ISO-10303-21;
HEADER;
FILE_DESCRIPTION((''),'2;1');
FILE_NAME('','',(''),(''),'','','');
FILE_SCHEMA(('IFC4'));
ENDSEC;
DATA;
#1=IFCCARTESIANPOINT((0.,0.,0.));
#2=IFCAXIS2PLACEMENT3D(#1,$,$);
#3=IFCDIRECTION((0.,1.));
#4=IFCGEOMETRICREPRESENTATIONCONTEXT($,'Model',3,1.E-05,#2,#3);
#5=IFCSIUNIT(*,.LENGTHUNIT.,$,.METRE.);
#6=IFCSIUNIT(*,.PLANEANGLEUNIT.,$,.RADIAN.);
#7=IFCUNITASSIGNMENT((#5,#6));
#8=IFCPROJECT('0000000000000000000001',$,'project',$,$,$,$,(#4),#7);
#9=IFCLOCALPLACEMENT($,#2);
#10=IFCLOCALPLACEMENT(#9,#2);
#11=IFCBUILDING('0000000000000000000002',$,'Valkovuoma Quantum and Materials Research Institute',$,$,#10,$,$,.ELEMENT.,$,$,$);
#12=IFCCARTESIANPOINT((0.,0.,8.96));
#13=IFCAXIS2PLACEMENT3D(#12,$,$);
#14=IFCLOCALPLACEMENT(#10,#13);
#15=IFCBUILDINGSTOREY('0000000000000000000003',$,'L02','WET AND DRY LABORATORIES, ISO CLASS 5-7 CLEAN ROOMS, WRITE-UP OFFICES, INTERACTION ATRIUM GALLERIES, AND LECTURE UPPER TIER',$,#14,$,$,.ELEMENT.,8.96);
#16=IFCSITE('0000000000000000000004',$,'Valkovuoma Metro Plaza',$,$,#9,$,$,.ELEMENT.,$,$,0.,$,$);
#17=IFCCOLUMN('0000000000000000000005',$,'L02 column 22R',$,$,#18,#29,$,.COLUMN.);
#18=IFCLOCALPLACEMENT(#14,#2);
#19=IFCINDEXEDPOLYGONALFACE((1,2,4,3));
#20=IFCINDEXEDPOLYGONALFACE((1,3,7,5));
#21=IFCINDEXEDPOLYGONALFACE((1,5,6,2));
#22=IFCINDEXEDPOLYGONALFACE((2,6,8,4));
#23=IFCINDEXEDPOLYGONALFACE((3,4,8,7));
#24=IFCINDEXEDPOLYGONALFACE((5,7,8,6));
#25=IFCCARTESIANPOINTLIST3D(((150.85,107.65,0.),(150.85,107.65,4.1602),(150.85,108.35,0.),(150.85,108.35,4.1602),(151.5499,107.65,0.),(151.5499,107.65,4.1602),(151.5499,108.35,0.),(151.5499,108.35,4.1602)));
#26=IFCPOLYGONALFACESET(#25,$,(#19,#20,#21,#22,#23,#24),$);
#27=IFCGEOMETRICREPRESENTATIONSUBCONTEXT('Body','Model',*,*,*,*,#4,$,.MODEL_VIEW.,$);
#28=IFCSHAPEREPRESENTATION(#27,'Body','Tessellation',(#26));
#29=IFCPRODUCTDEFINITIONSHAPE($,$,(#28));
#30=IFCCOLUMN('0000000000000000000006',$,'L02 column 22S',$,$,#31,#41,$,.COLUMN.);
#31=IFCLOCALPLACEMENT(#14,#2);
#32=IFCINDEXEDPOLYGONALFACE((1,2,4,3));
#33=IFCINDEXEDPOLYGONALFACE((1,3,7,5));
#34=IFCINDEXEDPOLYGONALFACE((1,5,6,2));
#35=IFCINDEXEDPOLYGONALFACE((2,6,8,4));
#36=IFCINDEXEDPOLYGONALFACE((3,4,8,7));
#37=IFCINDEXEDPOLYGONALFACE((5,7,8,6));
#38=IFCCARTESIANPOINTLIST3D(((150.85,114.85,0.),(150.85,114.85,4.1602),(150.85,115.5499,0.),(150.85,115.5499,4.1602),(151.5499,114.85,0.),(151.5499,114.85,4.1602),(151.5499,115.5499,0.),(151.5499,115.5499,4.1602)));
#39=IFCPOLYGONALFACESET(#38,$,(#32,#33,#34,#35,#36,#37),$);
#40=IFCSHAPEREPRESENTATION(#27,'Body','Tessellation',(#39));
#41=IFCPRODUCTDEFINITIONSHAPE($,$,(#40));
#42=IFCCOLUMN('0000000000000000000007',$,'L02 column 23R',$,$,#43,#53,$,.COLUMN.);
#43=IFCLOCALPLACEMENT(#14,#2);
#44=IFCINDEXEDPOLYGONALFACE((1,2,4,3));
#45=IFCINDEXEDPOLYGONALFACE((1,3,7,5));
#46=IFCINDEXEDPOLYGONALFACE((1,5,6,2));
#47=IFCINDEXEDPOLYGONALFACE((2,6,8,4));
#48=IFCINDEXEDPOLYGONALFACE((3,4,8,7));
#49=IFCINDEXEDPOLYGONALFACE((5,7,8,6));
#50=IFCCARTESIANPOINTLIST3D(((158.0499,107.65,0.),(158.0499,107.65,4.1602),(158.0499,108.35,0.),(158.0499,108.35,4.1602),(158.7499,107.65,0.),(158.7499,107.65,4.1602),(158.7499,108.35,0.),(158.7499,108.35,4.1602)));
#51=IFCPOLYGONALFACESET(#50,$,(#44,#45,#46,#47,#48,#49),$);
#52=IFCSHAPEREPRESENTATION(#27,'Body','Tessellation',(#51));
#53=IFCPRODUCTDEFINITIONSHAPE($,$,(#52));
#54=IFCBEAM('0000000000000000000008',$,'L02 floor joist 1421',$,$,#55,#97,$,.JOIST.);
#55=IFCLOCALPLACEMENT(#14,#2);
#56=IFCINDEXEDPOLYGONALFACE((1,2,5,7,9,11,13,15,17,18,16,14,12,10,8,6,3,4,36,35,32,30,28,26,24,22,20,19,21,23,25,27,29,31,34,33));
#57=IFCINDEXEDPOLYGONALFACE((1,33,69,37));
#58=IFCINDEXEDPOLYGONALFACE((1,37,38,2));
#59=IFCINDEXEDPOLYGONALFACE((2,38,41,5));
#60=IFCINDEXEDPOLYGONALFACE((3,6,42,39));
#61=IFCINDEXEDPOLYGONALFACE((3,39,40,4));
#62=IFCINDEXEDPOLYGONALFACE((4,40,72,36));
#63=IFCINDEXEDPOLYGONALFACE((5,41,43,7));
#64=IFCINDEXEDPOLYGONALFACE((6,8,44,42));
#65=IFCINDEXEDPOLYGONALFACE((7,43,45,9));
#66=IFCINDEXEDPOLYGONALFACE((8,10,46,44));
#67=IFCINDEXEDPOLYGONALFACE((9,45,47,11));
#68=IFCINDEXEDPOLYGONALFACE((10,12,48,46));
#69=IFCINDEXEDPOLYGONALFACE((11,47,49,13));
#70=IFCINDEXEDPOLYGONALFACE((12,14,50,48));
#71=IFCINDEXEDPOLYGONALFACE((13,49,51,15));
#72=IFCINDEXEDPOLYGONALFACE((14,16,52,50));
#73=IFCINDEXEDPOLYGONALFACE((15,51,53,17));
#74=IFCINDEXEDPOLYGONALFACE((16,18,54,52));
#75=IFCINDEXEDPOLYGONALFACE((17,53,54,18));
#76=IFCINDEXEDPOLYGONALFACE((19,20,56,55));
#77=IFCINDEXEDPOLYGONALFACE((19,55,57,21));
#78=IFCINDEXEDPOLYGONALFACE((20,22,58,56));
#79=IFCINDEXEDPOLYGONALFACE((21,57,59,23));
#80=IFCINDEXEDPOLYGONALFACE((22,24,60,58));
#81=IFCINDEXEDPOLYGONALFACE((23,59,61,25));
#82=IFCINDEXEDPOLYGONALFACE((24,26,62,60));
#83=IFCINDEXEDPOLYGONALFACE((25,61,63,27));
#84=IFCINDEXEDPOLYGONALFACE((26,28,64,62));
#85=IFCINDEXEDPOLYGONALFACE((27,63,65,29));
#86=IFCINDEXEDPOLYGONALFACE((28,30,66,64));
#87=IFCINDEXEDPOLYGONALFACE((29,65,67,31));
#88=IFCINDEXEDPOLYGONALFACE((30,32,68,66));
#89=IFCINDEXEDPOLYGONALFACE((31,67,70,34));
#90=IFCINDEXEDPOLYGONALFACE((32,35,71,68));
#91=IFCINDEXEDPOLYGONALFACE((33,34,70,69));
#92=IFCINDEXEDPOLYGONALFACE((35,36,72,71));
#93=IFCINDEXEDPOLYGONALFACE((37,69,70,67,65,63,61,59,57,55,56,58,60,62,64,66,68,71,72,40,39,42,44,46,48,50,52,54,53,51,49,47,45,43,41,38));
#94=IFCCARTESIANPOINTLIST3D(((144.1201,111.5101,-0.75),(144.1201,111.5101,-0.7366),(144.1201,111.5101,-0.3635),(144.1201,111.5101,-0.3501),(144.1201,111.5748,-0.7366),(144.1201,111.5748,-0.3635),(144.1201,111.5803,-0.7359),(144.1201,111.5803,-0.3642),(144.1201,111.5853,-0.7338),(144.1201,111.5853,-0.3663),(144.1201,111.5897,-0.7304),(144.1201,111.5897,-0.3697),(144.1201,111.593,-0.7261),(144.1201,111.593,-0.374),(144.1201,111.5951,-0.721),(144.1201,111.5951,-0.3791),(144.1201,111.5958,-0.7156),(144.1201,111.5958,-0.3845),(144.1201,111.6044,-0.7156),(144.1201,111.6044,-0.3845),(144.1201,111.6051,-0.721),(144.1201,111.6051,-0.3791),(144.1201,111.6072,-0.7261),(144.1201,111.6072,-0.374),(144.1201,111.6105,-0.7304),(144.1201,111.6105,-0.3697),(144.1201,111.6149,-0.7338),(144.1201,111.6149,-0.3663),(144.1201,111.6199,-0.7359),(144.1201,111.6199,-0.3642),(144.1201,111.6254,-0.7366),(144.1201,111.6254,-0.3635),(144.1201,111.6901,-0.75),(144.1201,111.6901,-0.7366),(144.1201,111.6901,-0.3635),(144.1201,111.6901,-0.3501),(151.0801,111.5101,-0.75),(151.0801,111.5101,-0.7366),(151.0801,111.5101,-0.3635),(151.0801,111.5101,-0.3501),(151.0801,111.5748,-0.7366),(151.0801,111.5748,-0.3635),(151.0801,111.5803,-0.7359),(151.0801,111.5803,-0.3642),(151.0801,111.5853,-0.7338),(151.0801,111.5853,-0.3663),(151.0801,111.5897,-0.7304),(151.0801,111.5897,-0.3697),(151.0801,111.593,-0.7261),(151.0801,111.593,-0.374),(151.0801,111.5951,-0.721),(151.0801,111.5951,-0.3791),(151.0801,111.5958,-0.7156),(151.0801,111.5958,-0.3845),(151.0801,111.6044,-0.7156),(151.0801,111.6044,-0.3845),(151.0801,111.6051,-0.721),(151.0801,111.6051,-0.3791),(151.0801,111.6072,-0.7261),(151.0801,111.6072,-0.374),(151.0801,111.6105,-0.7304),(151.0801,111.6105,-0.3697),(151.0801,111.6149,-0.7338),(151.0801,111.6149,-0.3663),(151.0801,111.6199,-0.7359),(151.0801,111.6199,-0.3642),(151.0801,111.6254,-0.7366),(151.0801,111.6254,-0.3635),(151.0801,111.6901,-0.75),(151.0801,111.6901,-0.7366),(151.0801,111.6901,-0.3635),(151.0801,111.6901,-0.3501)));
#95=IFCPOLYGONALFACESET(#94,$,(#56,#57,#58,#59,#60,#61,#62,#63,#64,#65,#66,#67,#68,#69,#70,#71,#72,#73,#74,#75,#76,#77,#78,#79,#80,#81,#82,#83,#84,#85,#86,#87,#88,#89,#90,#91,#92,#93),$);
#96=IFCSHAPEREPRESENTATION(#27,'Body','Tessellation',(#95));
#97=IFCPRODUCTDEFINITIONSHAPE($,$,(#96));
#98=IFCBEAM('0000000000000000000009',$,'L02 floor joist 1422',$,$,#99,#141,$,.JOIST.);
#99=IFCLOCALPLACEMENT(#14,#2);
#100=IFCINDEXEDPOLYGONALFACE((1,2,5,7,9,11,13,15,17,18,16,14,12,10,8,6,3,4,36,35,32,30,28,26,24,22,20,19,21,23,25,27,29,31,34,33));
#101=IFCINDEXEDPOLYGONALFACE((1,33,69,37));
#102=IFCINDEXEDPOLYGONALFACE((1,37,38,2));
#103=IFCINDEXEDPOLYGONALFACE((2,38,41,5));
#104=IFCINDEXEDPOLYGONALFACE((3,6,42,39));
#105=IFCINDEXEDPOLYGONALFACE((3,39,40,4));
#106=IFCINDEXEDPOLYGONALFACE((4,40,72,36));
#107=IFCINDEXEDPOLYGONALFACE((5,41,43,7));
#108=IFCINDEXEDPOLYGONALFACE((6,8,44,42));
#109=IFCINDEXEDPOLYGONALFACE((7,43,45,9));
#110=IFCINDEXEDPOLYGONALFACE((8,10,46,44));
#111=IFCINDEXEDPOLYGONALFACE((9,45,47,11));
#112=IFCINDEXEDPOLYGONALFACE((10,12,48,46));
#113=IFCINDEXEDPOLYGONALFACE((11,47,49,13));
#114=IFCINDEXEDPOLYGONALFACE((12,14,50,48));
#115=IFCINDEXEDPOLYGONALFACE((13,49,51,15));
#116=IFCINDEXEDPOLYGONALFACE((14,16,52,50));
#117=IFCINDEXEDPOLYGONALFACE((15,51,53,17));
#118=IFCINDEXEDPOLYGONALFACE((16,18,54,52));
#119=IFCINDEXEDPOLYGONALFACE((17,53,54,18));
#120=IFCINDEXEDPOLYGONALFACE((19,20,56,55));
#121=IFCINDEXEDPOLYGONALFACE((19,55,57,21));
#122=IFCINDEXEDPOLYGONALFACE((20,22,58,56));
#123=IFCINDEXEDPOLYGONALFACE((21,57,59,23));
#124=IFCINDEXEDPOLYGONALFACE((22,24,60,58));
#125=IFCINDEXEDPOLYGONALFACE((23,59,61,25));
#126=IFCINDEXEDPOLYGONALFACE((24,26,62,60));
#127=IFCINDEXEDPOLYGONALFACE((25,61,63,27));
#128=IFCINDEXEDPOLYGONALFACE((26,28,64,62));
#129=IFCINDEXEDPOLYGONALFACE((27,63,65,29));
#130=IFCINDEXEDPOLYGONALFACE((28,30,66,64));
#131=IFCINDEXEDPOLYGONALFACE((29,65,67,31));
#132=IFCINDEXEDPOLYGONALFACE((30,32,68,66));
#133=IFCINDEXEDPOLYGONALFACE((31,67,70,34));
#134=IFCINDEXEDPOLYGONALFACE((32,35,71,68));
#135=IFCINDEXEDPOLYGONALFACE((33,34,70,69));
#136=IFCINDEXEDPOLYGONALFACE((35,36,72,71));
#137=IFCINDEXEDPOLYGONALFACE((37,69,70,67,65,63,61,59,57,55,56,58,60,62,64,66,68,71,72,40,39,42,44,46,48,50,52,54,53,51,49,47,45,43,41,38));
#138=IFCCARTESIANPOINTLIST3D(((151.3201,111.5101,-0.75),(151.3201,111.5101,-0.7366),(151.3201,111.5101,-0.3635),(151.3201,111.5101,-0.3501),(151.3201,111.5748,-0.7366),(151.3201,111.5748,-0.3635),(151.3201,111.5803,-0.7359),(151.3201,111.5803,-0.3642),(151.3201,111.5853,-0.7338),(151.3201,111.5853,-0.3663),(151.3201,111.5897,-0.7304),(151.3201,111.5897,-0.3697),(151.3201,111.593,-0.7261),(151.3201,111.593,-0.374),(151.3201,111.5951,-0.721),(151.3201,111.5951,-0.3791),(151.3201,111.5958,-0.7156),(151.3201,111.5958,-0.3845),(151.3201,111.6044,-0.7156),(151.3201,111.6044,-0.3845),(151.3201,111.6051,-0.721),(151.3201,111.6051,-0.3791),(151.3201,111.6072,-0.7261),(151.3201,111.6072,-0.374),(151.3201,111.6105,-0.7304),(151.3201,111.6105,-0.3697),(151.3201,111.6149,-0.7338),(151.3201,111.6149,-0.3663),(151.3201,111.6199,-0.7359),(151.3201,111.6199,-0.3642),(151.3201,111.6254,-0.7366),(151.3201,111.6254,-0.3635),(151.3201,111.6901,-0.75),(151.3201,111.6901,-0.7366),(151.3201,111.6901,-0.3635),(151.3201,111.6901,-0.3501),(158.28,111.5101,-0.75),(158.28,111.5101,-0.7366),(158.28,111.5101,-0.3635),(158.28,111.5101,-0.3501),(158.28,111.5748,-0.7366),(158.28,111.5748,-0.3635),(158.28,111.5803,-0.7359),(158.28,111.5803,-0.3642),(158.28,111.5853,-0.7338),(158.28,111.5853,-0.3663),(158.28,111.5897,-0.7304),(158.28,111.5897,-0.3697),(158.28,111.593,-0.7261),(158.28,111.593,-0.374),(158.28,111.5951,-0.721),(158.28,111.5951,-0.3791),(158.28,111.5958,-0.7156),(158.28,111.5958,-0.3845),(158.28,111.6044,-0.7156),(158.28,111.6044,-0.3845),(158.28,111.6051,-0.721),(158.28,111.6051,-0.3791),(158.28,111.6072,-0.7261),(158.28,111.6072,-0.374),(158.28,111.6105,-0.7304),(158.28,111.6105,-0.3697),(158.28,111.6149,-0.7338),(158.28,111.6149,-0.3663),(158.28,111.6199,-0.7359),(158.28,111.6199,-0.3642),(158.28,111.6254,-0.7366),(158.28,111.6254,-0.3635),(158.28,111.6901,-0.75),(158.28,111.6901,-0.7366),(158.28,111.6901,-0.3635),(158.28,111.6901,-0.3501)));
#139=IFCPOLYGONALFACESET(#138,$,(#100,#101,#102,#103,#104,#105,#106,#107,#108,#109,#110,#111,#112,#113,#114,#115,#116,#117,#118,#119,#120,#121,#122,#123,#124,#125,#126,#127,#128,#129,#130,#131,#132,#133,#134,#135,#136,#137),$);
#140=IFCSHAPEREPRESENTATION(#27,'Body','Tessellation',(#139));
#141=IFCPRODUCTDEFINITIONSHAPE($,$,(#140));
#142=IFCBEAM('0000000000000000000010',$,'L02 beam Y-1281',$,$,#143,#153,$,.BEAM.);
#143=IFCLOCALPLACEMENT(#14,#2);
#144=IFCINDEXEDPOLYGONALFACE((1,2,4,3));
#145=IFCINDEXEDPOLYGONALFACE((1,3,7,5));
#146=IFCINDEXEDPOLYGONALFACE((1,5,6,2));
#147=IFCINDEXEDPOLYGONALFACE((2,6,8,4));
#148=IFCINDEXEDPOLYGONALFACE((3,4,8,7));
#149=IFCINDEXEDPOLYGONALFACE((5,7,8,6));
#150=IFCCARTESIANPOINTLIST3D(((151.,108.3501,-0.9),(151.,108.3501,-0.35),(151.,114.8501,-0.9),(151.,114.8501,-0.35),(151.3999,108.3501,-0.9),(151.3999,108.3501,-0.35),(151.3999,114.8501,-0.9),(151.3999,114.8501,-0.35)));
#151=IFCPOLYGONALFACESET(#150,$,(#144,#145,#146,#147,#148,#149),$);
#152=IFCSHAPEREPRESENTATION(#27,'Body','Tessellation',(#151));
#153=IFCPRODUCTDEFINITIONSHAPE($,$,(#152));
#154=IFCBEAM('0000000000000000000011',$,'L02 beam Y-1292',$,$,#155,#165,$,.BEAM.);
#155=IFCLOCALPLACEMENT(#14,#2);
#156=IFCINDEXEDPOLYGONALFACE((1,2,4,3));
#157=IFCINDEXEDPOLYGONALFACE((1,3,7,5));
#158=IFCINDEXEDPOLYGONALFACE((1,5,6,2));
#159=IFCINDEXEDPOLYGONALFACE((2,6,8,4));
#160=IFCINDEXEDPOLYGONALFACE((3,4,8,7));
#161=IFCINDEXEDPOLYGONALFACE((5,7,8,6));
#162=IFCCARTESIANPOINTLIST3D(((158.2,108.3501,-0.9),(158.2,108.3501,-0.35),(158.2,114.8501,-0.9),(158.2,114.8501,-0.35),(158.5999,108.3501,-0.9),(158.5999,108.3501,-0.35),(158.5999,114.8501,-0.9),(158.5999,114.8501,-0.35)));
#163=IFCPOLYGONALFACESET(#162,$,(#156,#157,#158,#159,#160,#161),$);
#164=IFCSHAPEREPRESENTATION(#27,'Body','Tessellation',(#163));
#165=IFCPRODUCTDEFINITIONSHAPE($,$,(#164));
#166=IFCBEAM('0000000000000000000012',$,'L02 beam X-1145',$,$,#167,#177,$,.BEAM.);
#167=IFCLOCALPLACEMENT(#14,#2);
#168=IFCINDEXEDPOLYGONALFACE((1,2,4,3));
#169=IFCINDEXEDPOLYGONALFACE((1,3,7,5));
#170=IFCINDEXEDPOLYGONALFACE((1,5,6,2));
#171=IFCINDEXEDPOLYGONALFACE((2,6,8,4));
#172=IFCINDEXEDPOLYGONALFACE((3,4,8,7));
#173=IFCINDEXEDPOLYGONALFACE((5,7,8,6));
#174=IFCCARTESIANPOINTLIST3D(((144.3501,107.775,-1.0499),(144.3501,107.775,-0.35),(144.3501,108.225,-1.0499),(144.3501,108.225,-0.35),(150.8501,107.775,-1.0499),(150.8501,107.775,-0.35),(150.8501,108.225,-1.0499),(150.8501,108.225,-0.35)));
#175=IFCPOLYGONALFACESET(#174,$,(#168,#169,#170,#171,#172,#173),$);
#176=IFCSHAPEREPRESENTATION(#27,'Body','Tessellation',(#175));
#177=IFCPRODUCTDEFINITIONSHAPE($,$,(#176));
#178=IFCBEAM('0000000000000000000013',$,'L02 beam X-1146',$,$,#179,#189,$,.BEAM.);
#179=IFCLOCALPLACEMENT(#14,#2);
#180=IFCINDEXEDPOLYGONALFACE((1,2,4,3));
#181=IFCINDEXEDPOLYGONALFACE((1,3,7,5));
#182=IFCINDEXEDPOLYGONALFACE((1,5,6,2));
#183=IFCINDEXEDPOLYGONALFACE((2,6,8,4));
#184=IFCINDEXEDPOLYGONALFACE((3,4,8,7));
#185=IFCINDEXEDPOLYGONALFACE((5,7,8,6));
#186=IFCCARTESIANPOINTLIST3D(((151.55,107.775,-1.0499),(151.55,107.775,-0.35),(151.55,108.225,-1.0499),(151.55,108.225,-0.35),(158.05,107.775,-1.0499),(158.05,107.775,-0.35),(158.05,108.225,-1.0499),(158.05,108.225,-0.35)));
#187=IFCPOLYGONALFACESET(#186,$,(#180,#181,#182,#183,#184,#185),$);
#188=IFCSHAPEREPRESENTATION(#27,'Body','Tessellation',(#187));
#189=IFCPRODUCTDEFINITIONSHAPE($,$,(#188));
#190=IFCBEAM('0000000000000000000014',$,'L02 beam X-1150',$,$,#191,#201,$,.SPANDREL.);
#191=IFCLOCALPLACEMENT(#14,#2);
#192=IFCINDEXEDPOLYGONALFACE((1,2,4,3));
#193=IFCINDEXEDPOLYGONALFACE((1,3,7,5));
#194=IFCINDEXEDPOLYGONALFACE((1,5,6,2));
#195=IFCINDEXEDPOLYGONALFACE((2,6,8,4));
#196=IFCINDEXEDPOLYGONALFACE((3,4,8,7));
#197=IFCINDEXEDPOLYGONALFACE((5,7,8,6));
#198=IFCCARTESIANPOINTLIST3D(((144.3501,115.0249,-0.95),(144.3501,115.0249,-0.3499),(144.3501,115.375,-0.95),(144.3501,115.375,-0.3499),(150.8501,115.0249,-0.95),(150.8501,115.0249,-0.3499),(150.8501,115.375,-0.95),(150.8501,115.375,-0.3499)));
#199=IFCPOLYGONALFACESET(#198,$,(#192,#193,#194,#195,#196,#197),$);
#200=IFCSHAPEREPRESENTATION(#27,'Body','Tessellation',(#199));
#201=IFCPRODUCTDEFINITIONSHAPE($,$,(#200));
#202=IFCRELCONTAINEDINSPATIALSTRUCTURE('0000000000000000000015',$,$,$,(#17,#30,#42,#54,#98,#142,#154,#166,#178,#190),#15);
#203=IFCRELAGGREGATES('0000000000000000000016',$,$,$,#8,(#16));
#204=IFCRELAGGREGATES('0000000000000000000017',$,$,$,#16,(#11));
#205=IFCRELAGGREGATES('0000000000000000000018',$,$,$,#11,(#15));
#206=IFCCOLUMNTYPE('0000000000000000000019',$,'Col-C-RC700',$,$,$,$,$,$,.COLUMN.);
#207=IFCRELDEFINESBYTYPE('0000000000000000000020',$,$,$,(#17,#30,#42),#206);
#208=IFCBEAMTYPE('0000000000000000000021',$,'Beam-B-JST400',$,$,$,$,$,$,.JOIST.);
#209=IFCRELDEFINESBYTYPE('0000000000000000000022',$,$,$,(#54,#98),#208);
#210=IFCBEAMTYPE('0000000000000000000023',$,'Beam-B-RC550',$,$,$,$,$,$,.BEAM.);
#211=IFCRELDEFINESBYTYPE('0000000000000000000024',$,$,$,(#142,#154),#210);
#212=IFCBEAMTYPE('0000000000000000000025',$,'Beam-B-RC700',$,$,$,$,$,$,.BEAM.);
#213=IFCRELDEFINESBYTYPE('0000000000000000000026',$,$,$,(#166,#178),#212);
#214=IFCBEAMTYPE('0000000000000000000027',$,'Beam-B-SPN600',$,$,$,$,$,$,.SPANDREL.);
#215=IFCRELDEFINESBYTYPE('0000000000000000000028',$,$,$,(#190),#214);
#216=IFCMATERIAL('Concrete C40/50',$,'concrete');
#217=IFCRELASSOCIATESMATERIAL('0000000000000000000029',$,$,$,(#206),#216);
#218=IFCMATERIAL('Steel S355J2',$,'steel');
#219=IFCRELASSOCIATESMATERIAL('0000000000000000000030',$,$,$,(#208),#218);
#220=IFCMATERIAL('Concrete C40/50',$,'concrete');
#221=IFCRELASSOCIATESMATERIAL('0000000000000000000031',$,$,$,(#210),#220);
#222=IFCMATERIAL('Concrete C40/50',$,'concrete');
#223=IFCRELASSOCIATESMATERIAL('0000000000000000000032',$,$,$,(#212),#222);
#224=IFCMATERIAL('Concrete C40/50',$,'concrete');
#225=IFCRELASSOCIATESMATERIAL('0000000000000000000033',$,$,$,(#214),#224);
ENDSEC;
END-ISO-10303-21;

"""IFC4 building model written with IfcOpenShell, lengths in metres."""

from ifc_helpers import new_model, si_unit, direction, frame, origin, origin_2d, place, context, subcontext, project, spatial, rectangle, i_section, extrude, material, material_profile, profile_set, type_object, element, save


model = new_model("IFC4")

# Units and contexts
model_context = context("Model", 3, precision=1e-05, world=origin(), true_north=direction((0.0, 1.0)))
body_context = subcontext(model_context, "Body", "Model", "MODEL_VIEW")
ifc_project = project(units=[si_unit("LENGTHUNIT", "METRE"), si_unit("PLANEANGLEUNIT", "RADIAN")], contexts=[model_context])

# Site, building, storey
site_placement = place(None, origin())
site = spatial("IfcSite", under=ifc_project, at=site_placement, Name="Valkovuoma Metro Plaza", CompositionType="ELEMENT", RefElevation=0.0)
building_placement = place(site_placement, origin())
building = spatial("IfcBuilding", under=site, at=building_placement, Name="Valkovuoma Quantum and Materials Research Institute", CompositionType="ELEMENT")
storey_placement = place(building_placement, frame((0.0, 0.0, 8.96)))
storey = spatial("IfcBuildingStorey", under=building, at=storey_placement, Name="L02", Description="WET AND DRY LABORATORIES, ISO CLASS 5-7 CLEAN ROOMS, WRITE-UP OFFICES, INTERACTION ATRIUM GALLERIES, AND LECTURE UPPER TIER", CompositionType="ELEMENT", Elevation=8.96)

# Columns
ifc_material_1 = material(Name="Concrete C40/50", Category="concrete")
ifc_material_profile_1 = material_profile(ifc_material_1, rectangle(XDim=0.7, YDim=0.7, at=origin_2d()), Name="Concrete C40/50")
ifc_profile_set_1 = profile_set([ifc_material_profile_1], Name="Concrete C40/50")
column_type = type_object("IfcColumnType", Name="Col-C-RC700", PredefinedType="COLUMN", material=ifc_profile_set_1)
for number, where, z_axis, x_axis, name in (
    (1, (151.2, 108.0, 0.0), (0.0, 0.0, 1.0), (1.0, 0.0, 0.0), "L02 column 22R"),
    (2, (151.2, 115.2, 0.0), (0.0, 0.0, 1.0), (1.0, 0.0, 0.0), "L02 column 22S"),
    (3, (158.3999, 108.0, 0.0), (0.0, 0.0, 1.0), (1.0, 0.0, 0.0), "L02 column 23R"),
):
    element("IfcColumn", number, at=place(storey_placement, frame(where, z_axis=z_axis, x_axis=x_axis)), inside=storey, type_object=column_type, Name=name, PredefinedType="COLUMN", context=body_context, shape_type="SweptSolid", body=[
        extrude(rectangle(XDim=0.7, YDim=0.7, at=origin_2d()), origin(), (0.0, 0.0, 1.0), 4.1602),
    ])

# Beams
ifc_material_2 = material(Name="Steel S355J2", Category="steel")
ifc_material_profile_2 = material_profile(ifc_material_2, i_section(OverallWidth=0.1799, OverallDepth=0.3999, WebThickness=0.0085, FlangeThickness=0.0134, FilletRadius=0.021, at=origin_2d()), Name="Steel S355J2")
ifc_profile_set_2 = profile_set([ifc_material_profile_2], Name="Steel S355J2")
beam_type_1 = type_object("IfcBeamType", Name="Beam-B-JST400", PredefinedType="JOIST", material=ifc_profile_set_2)
for number, where, z_axis, x_axis, name in (
    (4, (144.1201, 111.6001, -0.55), (1.0, 0.0, 0.0), (0.0, 1.0, 0.0), "L02 floor joist 1421"),
    (5, (151.3201, 111.6001, -0.55), (1.0, 0.0, 0.0), (0.0, 1.0, 0.0), "L02 floor joist 1422"),
):
    element("IfcBeam", number, at=place(storey_placement, frame(where, z_axis=z_axis, x_axis=x_axis)), inside=storey, type_object=beam_type_1, Name=name, PredefinedType="JOIST", context=body_context, shape_type="SweptSolid", body=[
        extrude(i_section(OverallWidth=0.1799, OverallDepth=0.3999, WebThickness=0.0085, FlangeThickness=0.0134, FilletRadius=0.021, at=origin_2d()), origin(), (0.0, 0.0, 1.0), 6.96),
    ])
ifc_material_3 = material(Name="Concrete C40/50", Category="concrete")
ifc_material_profile_3 = material_profile(ifc_material_3, rectangle(XDim=0.3999, YDim=0.55, at=origin_2d()), Name="Concrete C40/50")
ifc_profile_set_3 = profile_set([ifc_material_profile_3], Name="Concrete C40/50")
beam_type_2 = type_object("IfcBeamType", Name="Beam-B-RC550", PredefinedType="BEAM", material=ifc_profile_set_3)
for number, where, z_axis, x_axis, name in (
    (6, (151.2, 108.3501, -0.625), (0.0, 1.0, 0.0), (-1.0, 0.0, 0.0), "L02 beam Y-1281"),
    (7, (158.3999, 108.3501, -0.625), (0.0, 1.0, 0.0), (-1.0, 0.0, 0.0), "L02 beam Y-1292"),
):
    element("IfcBeam", number, at=place(storey_placement, frame(where, z_axis=z_axis, x_axis=x_axis)), inside=storey, type_object=beam_type_2, Name=name, PredefinedType="BEAM", context=body_context, shape_type="SweptSolid", body=[
        extrude(rectangle(XDim=0.3999, YDim=0.55, at=origin_2d()), origin(), (0.0, 0.0, 1.0), 6.5),
    ])
ifc_material_4 = material(Name="Concrete C40/50", Category="concrete")
ifc_material_profile_4 = material_profile(ifc_material_4, rectangle(XDim=0.45, YDim=0.7, at=origin_2d()), Name="Concrete C40/50")
ifc_profile_set_4 = profile_set([ifc_material_profile_4], Name="Concrete C40/50")
beam_type_3 = type_object("IfcBeamType", Name="Beam-B-RC700", PredefinedType="BEAM", material=ifc_profile_set_4)
for number, where, z_axis, x_axis, name in (
    (8, (144.3501, 108.0, -0.7), (1.0, 0.0, 0.0), (0.0, 1.0, 0.0), "L02 beam X-1145"),
    (9, (151.55, 108.0, -0.7), (1.0, 0.0, 0.0), (0.0, 1.0, 0.0), "L02 beam X-1146"),
):
    element("IfcBeam", number, at=place(storey_placement, frame(where, z_axis=z_axis, x_axis=x_axis)), inside=storey, type_object=beam_type_3, Name=name, PredefinedType="BEAM", context=body_context, shape_type="SweptSolid", body=[
        extrude(rectangle(XDim=0.45, YDim=0.7, at=origin_2d()), origin(), (0.0, 0.0, 1.0), 6.5),
    ])
ifc_material_5 = material(Name="Concrete C40/50", Category="concrete")
ifc_material_profile_5 = material_profile(ifc_material_5, rectangle(XDim=0.3501, YDim=0.6001, at=origin_2d()), Name="Concrete C40/50")
ifc_profile_set_5 = profile_set([ifc_material_profile_5], Name="Concrete C40/50")
beam_type_4 = type_object("IfcBeamType", Name="Beam-B-SPN600", PredefinedType="SPANDREL", material=ifc_profile_set_5)
for number, where, z_axis, x_axis, name in (
    (10, (144.3501, 115.2, -0.6499), (1.0, 0.0, 0.0), (0.0, 1.0, 0.0), "L02 beam X-1150"),
):
    element("IfcBeam", number, at=place(storey_placement, frame(where, z_axis=z_axis, x_axis=x_axis)), inside=storey, type_object=beam_type_4, Name=name, PredefinedType="SPANDREL", context=body_context, shape_type="SweptSolid", body=[
        extrude(rectangle(XDim=0.3501, YDim=0.6001, at=origin_2d()), origin(), (0.0, 0.0, 1.0), 6.5),
    ])

save(model, "model.ifc")
